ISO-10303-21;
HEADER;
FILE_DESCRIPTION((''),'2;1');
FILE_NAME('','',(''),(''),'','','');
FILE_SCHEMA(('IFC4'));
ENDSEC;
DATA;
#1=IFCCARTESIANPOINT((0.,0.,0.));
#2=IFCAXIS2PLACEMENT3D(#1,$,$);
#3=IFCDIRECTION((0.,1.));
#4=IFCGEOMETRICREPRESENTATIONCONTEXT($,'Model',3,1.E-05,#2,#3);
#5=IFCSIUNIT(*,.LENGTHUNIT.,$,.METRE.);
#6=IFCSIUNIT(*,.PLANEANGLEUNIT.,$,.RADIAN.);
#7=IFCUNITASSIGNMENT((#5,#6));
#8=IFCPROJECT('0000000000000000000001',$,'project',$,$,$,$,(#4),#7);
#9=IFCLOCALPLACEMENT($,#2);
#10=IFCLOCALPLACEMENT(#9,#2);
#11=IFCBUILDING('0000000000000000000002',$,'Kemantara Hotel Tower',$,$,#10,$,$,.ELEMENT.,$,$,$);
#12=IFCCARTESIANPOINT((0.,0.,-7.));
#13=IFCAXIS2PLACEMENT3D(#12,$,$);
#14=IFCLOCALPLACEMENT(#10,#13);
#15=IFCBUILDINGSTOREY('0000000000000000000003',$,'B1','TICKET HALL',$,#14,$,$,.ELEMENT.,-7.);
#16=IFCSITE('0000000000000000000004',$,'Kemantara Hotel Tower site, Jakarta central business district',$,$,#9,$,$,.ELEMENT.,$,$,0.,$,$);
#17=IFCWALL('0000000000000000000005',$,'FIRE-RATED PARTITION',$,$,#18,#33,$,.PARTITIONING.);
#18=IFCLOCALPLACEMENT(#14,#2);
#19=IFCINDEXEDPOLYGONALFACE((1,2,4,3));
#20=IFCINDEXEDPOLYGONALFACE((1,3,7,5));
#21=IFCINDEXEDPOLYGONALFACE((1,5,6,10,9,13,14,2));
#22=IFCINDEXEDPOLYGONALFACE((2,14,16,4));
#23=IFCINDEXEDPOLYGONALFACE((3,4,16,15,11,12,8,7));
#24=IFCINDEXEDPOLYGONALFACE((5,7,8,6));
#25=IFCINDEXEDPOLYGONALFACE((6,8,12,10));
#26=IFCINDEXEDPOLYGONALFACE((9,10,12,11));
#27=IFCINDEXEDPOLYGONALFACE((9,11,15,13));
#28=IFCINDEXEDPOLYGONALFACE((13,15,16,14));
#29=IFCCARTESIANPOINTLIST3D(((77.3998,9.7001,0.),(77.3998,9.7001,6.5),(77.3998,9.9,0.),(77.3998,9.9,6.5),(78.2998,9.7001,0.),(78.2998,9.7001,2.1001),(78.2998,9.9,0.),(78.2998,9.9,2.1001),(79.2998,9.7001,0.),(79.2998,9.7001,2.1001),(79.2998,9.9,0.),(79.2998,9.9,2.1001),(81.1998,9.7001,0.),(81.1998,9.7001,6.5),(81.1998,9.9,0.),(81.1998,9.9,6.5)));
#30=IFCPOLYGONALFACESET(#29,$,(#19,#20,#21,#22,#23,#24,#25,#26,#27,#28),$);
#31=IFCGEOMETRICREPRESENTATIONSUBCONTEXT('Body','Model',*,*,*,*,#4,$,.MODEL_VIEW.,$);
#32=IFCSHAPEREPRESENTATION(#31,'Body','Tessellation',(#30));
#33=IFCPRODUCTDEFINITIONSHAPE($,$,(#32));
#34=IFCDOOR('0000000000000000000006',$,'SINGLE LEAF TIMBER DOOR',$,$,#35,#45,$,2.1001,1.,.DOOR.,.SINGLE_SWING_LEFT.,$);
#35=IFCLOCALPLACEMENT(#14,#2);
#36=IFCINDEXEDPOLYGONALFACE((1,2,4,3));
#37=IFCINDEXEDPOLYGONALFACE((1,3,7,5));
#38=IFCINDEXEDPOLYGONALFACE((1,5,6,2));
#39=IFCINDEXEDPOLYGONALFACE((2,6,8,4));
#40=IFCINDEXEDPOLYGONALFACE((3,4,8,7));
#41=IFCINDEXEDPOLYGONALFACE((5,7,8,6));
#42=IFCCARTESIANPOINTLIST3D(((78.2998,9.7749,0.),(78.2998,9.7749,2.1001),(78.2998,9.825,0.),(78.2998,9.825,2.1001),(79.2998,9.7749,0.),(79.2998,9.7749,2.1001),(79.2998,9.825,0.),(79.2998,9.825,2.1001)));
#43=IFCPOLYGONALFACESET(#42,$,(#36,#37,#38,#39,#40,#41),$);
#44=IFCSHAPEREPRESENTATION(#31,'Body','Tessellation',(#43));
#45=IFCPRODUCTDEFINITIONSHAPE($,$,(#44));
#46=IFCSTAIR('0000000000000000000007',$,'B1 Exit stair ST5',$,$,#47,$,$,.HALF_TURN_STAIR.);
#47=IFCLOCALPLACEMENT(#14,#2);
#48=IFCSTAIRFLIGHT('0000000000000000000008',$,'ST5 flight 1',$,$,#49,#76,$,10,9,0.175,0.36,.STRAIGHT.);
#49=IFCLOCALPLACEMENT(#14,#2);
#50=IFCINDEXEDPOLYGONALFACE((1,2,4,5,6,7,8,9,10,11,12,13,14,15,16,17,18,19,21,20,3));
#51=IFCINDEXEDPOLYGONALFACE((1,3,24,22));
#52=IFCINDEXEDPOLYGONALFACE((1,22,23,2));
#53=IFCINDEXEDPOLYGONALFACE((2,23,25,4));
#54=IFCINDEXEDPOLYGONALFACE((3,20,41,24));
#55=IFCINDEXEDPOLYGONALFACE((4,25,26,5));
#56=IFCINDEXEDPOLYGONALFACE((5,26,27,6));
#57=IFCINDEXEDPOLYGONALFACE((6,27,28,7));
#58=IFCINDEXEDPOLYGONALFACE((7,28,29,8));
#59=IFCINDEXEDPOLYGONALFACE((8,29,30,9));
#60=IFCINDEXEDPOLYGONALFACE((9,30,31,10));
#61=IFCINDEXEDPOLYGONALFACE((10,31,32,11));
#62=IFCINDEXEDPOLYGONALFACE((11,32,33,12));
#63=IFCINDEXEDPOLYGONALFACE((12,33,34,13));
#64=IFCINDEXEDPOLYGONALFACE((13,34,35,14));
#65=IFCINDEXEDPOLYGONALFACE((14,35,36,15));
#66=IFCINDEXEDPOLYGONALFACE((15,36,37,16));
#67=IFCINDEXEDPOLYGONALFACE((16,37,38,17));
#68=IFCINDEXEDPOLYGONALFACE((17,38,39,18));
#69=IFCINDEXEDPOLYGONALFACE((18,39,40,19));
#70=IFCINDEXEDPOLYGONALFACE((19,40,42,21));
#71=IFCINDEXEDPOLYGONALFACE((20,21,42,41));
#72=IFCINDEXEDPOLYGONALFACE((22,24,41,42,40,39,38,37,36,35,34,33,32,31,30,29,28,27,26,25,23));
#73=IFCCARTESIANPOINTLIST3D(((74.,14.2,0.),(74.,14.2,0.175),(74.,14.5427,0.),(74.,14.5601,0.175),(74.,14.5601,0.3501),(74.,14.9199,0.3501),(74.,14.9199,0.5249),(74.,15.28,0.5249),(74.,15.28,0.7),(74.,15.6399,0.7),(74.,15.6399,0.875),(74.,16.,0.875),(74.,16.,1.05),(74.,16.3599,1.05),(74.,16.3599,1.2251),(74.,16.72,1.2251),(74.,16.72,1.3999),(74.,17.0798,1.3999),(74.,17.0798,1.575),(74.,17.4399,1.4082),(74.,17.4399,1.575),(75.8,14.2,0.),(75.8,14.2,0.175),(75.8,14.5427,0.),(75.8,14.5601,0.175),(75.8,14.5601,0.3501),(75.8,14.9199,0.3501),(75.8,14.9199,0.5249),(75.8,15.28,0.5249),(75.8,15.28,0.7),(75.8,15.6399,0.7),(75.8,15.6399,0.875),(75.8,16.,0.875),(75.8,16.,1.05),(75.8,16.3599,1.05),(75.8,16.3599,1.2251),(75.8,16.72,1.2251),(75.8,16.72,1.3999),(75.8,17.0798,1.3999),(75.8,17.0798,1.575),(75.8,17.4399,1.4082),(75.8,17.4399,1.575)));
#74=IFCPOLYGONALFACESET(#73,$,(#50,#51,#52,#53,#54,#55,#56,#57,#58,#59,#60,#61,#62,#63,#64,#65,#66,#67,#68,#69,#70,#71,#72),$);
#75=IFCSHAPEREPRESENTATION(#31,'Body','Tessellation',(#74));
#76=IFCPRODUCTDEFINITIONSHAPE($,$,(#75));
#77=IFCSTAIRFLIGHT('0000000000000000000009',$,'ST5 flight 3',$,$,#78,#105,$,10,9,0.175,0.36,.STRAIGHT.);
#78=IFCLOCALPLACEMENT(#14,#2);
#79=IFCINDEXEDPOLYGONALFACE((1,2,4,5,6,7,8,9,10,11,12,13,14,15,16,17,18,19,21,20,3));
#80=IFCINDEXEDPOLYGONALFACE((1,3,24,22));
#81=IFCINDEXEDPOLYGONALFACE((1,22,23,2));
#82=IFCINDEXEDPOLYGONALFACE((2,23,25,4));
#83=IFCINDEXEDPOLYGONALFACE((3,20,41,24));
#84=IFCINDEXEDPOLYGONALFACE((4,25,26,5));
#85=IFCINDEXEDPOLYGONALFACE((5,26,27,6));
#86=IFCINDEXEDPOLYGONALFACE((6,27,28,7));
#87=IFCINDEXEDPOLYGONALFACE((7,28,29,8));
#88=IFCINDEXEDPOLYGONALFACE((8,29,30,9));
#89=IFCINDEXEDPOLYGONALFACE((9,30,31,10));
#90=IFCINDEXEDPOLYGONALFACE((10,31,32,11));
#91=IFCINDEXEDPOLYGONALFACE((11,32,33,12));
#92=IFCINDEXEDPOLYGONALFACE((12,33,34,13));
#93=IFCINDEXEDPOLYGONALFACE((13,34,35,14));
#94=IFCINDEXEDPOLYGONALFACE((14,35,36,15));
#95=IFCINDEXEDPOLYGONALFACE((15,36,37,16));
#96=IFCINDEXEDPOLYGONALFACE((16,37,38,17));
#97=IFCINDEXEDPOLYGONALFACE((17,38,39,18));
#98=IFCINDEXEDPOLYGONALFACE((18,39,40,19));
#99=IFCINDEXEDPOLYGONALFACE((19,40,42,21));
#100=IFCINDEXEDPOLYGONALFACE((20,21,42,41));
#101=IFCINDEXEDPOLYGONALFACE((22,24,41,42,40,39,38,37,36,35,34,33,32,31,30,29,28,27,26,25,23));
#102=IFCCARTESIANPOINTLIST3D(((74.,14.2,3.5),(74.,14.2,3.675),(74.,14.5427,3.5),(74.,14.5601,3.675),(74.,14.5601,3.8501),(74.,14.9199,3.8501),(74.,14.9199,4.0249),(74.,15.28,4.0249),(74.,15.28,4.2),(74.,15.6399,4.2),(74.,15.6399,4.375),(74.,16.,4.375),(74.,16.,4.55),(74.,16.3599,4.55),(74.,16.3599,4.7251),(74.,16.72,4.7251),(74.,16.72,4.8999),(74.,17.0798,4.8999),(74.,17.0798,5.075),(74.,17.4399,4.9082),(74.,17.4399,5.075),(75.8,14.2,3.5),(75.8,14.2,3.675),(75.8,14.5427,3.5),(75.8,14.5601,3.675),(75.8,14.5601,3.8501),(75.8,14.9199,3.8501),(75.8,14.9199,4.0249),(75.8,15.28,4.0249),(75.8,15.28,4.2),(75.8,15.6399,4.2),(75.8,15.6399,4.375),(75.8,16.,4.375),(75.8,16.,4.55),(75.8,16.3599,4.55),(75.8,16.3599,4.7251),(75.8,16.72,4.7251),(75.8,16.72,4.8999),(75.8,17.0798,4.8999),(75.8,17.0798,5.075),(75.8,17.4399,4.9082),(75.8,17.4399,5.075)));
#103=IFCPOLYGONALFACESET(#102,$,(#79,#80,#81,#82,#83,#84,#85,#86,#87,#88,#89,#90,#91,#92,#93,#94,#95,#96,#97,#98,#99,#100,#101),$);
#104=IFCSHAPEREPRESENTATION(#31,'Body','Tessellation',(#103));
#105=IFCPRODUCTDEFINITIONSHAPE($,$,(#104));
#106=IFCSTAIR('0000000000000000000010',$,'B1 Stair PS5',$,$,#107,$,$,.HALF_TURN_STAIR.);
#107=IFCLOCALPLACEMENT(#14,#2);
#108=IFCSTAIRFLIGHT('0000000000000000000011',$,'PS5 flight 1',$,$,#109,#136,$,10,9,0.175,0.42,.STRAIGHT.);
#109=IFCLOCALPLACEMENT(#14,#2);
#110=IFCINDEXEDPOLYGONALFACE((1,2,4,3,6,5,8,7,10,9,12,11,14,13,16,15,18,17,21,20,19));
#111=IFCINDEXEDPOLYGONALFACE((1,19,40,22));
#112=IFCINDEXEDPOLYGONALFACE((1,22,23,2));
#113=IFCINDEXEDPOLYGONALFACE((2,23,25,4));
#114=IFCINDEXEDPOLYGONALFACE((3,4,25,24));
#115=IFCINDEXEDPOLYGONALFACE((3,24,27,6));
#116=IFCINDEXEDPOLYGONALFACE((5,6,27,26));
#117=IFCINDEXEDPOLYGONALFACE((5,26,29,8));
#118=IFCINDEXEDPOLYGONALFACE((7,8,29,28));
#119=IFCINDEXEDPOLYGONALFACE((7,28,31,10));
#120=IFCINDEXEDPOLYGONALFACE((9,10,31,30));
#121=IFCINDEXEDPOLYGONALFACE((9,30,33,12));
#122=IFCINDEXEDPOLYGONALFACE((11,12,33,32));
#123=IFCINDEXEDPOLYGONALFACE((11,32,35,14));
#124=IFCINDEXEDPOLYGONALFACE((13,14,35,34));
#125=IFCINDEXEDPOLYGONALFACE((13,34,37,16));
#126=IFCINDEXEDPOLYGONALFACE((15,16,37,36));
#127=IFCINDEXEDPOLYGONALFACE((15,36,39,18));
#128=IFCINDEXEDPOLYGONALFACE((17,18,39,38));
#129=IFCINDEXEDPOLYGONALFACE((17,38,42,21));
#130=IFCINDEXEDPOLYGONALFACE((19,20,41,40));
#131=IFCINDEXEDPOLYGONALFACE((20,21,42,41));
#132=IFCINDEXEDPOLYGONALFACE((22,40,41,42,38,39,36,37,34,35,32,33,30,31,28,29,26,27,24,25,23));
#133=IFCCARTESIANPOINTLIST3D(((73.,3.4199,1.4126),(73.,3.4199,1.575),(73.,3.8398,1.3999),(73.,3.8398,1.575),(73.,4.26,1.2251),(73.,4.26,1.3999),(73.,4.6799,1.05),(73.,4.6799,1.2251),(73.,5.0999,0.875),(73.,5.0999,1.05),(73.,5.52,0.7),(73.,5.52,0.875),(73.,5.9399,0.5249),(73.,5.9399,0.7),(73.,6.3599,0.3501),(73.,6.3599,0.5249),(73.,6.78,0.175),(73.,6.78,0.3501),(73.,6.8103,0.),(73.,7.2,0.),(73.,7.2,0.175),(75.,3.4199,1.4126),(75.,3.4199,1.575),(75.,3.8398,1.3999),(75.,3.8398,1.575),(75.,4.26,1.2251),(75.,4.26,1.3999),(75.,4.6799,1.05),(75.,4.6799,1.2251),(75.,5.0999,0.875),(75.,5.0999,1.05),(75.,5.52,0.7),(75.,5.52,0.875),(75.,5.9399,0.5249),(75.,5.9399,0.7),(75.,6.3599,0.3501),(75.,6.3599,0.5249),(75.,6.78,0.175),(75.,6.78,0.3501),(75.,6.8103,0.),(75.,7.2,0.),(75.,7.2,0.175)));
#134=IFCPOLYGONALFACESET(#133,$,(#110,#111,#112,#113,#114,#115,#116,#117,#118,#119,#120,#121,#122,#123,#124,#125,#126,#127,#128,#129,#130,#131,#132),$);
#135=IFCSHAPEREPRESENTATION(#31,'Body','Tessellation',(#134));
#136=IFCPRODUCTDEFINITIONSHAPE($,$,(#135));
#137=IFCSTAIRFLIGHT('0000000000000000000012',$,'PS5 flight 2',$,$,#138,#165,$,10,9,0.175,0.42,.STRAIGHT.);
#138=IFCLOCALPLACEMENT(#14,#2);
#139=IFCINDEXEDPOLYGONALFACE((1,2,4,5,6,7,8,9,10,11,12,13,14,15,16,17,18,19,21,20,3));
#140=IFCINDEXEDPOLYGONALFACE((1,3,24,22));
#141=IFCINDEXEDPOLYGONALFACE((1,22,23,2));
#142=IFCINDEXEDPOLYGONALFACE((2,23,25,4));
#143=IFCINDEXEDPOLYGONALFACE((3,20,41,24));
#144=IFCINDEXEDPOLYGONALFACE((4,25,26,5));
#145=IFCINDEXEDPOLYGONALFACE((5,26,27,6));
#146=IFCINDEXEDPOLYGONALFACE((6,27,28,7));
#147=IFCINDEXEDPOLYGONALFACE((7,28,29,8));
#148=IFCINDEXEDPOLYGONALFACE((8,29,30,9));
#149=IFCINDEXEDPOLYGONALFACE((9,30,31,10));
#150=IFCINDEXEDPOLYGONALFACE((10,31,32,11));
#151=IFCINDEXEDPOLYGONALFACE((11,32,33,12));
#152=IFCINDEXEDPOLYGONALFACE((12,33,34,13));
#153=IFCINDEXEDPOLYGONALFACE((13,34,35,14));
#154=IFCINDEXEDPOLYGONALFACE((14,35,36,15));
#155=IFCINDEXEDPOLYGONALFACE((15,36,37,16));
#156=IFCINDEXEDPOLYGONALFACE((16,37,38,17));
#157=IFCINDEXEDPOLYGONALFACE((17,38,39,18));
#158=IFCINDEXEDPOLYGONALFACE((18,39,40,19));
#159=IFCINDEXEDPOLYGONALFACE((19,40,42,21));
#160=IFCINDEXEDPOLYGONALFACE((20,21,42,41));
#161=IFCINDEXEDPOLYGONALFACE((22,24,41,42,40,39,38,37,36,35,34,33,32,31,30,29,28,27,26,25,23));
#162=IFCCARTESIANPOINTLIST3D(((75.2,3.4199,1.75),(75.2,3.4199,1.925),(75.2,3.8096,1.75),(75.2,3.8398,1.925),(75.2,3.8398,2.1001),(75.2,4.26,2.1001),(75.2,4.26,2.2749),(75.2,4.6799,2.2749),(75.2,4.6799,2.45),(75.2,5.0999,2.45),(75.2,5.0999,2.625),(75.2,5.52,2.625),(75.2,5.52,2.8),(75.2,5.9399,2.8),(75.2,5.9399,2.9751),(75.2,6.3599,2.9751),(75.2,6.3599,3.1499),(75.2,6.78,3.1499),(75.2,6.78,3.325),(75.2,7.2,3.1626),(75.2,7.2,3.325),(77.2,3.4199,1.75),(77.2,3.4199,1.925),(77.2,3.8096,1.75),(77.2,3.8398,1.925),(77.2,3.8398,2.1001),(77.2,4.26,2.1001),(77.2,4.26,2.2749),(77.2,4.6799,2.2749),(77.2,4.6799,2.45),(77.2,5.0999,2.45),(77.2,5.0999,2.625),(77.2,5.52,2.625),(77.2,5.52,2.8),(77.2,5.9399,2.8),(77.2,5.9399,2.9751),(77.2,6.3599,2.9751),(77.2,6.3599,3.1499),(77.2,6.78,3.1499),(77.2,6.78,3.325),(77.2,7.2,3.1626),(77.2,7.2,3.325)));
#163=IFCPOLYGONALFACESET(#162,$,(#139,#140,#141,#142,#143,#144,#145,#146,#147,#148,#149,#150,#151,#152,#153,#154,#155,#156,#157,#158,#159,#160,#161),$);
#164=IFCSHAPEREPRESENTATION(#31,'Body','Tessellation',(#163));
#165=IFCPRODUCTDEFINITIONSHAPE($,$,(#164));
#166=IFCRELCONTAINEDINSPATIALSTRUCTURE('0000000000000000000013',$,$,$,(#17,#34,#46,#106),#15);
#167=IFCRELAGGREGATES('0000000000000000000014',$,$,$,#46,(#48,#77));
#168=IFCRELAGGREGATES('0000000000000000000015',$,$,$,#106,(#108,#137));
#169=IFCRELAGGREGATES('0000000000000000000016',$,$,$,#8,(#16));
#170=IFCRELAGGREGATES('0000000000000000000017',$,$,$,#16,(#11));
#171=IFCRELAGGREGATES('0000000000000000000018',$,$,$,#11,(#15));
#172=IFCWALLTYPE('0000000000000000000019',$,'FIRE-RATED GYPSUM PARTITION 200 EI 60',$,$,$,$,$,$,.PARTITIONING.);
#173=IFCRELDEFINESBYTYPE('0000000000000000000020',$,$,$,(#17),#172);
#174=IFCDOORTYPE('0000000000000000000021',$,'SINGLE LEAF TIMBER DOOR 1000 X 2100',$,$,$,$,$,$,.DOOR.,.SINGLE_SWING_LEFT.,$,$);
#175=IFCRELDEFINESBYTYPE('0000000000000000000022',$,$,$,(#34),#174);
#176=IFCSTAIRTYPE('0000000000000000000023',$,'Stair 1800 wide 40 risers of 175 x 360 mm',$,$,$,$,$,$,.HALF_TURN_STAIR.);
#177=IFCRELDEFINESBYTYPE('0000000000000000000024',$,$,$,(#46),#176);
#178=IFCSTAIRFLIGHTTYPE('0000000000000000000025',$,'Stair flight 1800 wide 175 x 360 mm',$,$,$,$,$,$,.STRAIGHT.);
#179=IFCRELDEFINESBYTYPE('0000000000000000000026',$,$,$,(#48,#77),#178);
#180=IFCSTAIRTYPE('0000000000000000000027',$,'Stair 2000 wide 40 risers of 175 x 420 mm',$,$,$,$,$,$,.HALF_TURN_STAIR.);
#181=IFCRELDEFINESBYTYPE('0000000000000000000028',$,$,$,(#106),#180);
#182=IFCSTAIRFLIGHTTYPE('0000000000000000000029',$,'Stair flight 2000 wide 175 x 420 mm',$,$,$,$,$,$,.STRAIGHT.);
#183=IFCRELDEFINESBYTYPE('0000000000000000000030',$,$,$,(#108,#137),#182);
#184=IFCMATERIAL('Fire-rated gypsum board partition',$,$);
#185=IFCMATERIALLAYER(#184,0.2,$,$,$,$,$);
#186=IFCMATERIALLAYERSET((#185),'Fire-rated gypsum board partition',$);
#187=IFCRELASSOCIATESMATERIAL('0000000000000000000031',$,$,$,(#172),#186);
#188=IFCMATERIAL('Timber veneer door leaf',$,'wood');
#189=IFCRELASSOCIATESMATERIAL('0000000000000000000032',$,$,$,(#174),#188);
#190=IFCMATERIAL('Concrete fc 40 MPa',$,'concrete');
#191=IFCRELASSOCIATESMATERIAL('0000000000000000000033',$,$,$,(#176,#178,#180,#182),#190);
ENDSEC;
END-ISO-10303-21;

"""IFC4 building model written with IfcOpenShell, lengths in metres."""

from ifc_helpers import new_model, si_unit, direction, frame, frame_2d, origin, place, context, subcontext, project, spatial, polyline, rectangle, outline, extrude, material, layer, layer_set, type_object, element, fill, aggregate, save


model = new_model("IFC4")

# Units and contexts
model_context = context("Model", 3, precision=1e-05, world=origin(), true_north=direction((0.0, 1.0)))
body_context = subcontext(model_context, "Body", "Model", "MODEL_VIEW")
ifc_project = project(units=[si_unit("LENGTHUNIT", "METRE"), si_unit("PLANEANGLEUNIT", "RADIAN")], contexts=[model_context])

# Site, building, storey
site_placement = place(None, origin())
site = spatial("IfcSite", under=ifc_project, at=site_placement, Name="Kemantara Hotel Tower site, Jakarta central business district", CompositionType="ELEMENT", RefElevation=0.0)
building_placement = place(site_placement, origin())
building = spatial("IfcBuilding", under=site, at=building_placement, Name="Kemantara Hotel Tower", CompositionType="ELEMENT")
storey_placement = place(building_placement, frame((0.0, 0.0, -7.0)))
storey = spatial("IfcBuildingStorey", under=building, at=storey_placement, Name="B1", Description="TICKET HALL", CompositionType="ELEMENT", Elevation=-7.0)

# Shared definitions
ifc_material_1 = material(Name="Concrete fc 40 MPa", Category="concrete")

# Wall, opening, door
ifc_material_2 = material(Name="Fire-rated gypsum board partition")
ifc_layer_1 = layer(ifc_material_2, 0.2)
ifc_layer_set_1 = layer_set([ifc_layer_1], Name="Fire-rated gypsum board partition")
wall_type_1 = type_object("IfcWallType", Name="FIRE-RATED GYPSUM PARTITION 200 EI 60", PredefinedType="PARTITIONING", material=ifc_layer_set_1)
wall_1_placement = place(storey_placement, frame((77.3999, 9.8, 0.0), z_axis=(0.0, 0.0, 1.0), x_axis=(1.0, 0.0, 0.0)))
wall_1 = element("IfcWall", 1, at=wall_1_placement, inside=storey, type_object=wall_type_1, Name="FIRE-RATED PARTITION", PredefinedType="PARTITIONING", context=body_context, shape_type="SweptSolid", body=[
    extrude(rectangle(XDim=3.8, YDim=0.2, at=frame_2d((1.8999, 0.0))), origin(), (0.0, 0.0, 1.0), 6.5),
])
opening_1_placement = place(wall_1_placement, frame((0.8999, 0.0, 0.0)))
opening_1 = element("IfcOpeningElement", 2, at=opening_1_placement, cuts=wall_1, PredefinedType="OPENING", context=body_context, shape_type="SweptSolid", body=[
    extrude(rectangle(XDim=1.0, YDim=2.1001, at=frame_2d((0.5, 1.05))), frame((0.0, 0.1099, 0.0), z_axis=(0.0, -1.0, 0.0), x_axis=(1.0, 0.0, 0.0)), (0.0, 0.0, 1.0), 0.22),
])
ifc_material_3 = material(Name="Timber veneer door leaf", Category="wood")
door_type_1 = type_object("IfcDoorType", Name="SINGLE LEAF TIMBER DOOR 1000 X 2100", OperationType="SINGLE_SWING_LEFT", PredefinedType="DOOR", material=ifc_material_3)
door_1_placement = place(opening_1_placement, origin())
door_1 = element("IfcDoor", 3, at=door_1_placement, inside=storey, type_object=door_type_1, Name="SINGLE LEAF TIMBER DOOR", OperationType="SINGLE_SWING_LEFT", OverallHeight=2.1001, OverallWidth=1.0, PredefinedType="DOOR", context=body_context, shape_type="SweptSolid", body=[
    extrude(rectangle(XDim=1.0, YDim=2.1001, at=frame_2d((0.5, 1.05))), frame((0.0, 0.0249, 0.0), z_axis=(0.0, -1.0, 0.0), x_axis=(1.0, 0.0, 0.0)), (0.0, 0.0, 1.0), 0.05),
])
fill(opening_1, door_1)

# Stairs, stair flights
stair_type_1 = type_object("IfcStairType", Name="Stair 1800 wide 40 risers of 175 x 360 mm", PredefinedType="HALF_TURN_STAIR", material=ifc_material_1)
stair_1_placement = place(storey_placement, origin())
stair_1 = element("IfcStair", 4, at=stair_1_placement, inside=storey, type_object=stair_type_1, Name="B1 Exit stair ST5", PredefinedType="HALF_TURN_STAIR")
stair_flight_type_1 = type_object("IfcStairFlightType", Name="Stair flight 1800 wide 175 x 360 mm", PredefinedType="STRAIGHT", material=ifc_material_1)
stair_flight_1_placement = place(storey_placement, frame((74.8999, 14.2, 0.0), z_axis=(0.0, 0.0, 1.0), x_axis=(0.0, 1.0, 0.0)))
stair_flight_1 = element("IfcStairFlight", 5, at=stair_flight_1_placement, type_object=stair_flight_type_1, Name="ST5 flight 1", NumberOfRisers=10, NumberOfTreads=9, PredefinedType="STRAIGHT", RiserHeight=0.175, TreadLength=0.36, context=body_context, shape_type="SweptSolid", body=[
    extrude(outline(polyline([(0.0, 0.0), (0.0, 0.175), (0.3601, 0.175), (0.3601, 0.3501), (0.72, 0.3501), (0.72, 0.5249), (1.0801, 0.5249), (1.0801, 0.7), (1.4399, 0.7), (1.4399, 0.875), (1.8, 0.875), (1.8, 1.05), (2.1599, 1.05), (2.1599, 1.2251), (2.52, 1.2251), (2.52, 1.3999), (2.8799, 1.3999), (2.8799, 1.575), (3.24, 1.575), (3.24, 1.75), (3.24, 1.4082), (0.3428, 0.0), (0.0, 0.0)])), frame((0.0, 0.8999, 0.0), z_axis=(0.0, -1.0, 0.0), x_axis=(1.0, 0.0, 0.0)), (0.0, 0.0, 1.0), 1.8),
])
stair_flight_2_placement = place(storey_placement, frame((74.8999, 14.2, 3.5), z_axis=(0.0, 0.0, 1.0), x_axis=(0.0, 1.0, 0.0)))
stair_flight_2 = element("IfcStairFlight", 6, at=stair_flight_2_placement, type_object=stair_flight_type_1, Name="ST5 flight 3", NumberOfRisers=10, NumberOfTreads=9, PredefinedType="STRAIGHT", RiserHeight=0.175, TreadLength=0.36, context=body_context, shape_type="SweptSolid", body=[
    extrude(outline(polyline([(0.0, 0.0), (0.0, 0.175), (0.3601, 0.175), (0.3601, 0.3501), (0.72, 0.3501), (0.72, 0.5249), (1.0801, 0.5249), (1.0801, 0.7), (1.4399, 0.7), (1.4399, 0.875), (1.8, 0.875), (1.8, 1.05), (2.1599, 1.05), (2.1599, 1.2251), (2.52, 1.2251), (2.52, 1.3999), (2.8799, 1.3999), (2.8799, 1.575), (3.24, 1.575), (3.24, 1.75), (3.24, 1.4082), (0.3428, 0.0), (0.0, 0.0)])), frame((0.0, 0.8999, 0.0), z_axis=(0.0, -1.0, 0.0), x_axis=(1.0, 0.0, 0.0)), (0.0, 0.0, 1.0), 1.8),
])
aggregate(stair_1, [stair_flight_1, stair_flight_2])
stair_type_2 = type_object("IfcStairType", Name="Stair 2000 wide 40 risers of 175 x 420 mm", PredefinedType="HALF_TURN_STAIR", material=ifc_material_1)
stair_2_placement = place(storey_placement, origin())
stair_2 = element("IfcStair", 7, at=stair_2_placement, inside=storey, type_object=stair_type_2, Name="B1 Stair PS5", PredefinedType="HALF_TURN_STAIR")
stair_flight_type_2 = type_object("IfcStairFlightType", Name="Stair flight 2000 wide 175 x 420 mm", PredefinedType="STRAIGHT", material=ifc_material_1)
stair_flight_3_placement = place(storey_placement, frame((74.0, 7.2, 0.0), z_axis=(0.0, 0.0, 1.0), x_axis=(0.0, -1.0, 0.0)))
stair_flight_3 = element("IfcStairFlight", 8, at=stair_flight_3_placement, type_object=stair_flight_type_2, Name="PS5 flight 1", NumberOfRisers=10, NumberOfTreads=9, PredefinedType="STRAIGHT", RiserHeight=0.175, TreadLength=0.42, context=body_context, shape_type="SweptSolid", body=[
    extrude(outline(polyline([(0.0, 0.0), (0.0, 0.175), (0.4199, 0.175), (0.4199, 0.3501), (0.8401, 0.3501), (0.8401, 0.5249), (1.26, 0.5249), (1.26, 0.7), (1.6799, 0.7), (1.6799, 0.875), (2.1001, 0.875), (2.1001, 1.05), (2.52, 1.05), (2.52, 1.2251), (2.9399, 1.2251), (2.9399, 1.3999), (3.3601, 1.3999), (3.3601, 1.575), (3.78, 1.575), (3.78, 1.75), (3.78, 1.4126), (0.3896, 0.0), (0.0, 0.0)])), frame((0.0, 1.0, 0.0), z_axis=(0.0, -1.0, 0.0), x_axis=(1.0, 0.0, 0.0)), (0.0, 0.0, 1.0), 2.0),
])
stair_flight_4_placement = place(storey_placement, frame((76.2, 3.4199, 1.75), z_axis=(0.0, 0.0, 1.0), x_axis=(0.0, 1.0, 0.0)))
stair_flight_4 = element("IfcStairFlight", 9, at=stair_flight_4_placement, type_object=stair_flight_type_2, Name="PS5 flight 2", NumberOfRisers=10, NumberOfTreads=9, PredefinedType="STRAIGHT", RiserHeight=0.175, TreadLength=0.42, context=body_context, shape_type="SweptSolid", body=[
    extrude(outline(polyline([(0.0, 0.0), (0.0, 0.175), (0.4199, 0.175), (0.4199, 0.3501), (0.8401, 0.3501), (0.8401, 0.5249), (1.26, 0.5249), (1.26, 0.7), (1.6799, 0.7), (1.6799, 0.875), (2.1001, 0.875), (2.1001, 1.05), (2.52, 1.05), (2.52, 1.2251), (2.9399, 1.2251), (2.9399, 1.3999), (3.3601, 1.3999), (3.3601, 1.575), (3.78, 1.575), (3.78, 1.75), (3.78, 1.4126), (0.3896, 0.0), (0.0, 0.0)])), frame((0.0, 1.0, 0.0), z_axis=(0.0, -1.0, 0.0), x_axis=(1.0, 0.0, 0.0)), (0.0, 0.0, 1.0), 2.0),
])
aggregate(stair_2, [stair_flight_3, stair_flight_4])

save(model, "model.ifc")
